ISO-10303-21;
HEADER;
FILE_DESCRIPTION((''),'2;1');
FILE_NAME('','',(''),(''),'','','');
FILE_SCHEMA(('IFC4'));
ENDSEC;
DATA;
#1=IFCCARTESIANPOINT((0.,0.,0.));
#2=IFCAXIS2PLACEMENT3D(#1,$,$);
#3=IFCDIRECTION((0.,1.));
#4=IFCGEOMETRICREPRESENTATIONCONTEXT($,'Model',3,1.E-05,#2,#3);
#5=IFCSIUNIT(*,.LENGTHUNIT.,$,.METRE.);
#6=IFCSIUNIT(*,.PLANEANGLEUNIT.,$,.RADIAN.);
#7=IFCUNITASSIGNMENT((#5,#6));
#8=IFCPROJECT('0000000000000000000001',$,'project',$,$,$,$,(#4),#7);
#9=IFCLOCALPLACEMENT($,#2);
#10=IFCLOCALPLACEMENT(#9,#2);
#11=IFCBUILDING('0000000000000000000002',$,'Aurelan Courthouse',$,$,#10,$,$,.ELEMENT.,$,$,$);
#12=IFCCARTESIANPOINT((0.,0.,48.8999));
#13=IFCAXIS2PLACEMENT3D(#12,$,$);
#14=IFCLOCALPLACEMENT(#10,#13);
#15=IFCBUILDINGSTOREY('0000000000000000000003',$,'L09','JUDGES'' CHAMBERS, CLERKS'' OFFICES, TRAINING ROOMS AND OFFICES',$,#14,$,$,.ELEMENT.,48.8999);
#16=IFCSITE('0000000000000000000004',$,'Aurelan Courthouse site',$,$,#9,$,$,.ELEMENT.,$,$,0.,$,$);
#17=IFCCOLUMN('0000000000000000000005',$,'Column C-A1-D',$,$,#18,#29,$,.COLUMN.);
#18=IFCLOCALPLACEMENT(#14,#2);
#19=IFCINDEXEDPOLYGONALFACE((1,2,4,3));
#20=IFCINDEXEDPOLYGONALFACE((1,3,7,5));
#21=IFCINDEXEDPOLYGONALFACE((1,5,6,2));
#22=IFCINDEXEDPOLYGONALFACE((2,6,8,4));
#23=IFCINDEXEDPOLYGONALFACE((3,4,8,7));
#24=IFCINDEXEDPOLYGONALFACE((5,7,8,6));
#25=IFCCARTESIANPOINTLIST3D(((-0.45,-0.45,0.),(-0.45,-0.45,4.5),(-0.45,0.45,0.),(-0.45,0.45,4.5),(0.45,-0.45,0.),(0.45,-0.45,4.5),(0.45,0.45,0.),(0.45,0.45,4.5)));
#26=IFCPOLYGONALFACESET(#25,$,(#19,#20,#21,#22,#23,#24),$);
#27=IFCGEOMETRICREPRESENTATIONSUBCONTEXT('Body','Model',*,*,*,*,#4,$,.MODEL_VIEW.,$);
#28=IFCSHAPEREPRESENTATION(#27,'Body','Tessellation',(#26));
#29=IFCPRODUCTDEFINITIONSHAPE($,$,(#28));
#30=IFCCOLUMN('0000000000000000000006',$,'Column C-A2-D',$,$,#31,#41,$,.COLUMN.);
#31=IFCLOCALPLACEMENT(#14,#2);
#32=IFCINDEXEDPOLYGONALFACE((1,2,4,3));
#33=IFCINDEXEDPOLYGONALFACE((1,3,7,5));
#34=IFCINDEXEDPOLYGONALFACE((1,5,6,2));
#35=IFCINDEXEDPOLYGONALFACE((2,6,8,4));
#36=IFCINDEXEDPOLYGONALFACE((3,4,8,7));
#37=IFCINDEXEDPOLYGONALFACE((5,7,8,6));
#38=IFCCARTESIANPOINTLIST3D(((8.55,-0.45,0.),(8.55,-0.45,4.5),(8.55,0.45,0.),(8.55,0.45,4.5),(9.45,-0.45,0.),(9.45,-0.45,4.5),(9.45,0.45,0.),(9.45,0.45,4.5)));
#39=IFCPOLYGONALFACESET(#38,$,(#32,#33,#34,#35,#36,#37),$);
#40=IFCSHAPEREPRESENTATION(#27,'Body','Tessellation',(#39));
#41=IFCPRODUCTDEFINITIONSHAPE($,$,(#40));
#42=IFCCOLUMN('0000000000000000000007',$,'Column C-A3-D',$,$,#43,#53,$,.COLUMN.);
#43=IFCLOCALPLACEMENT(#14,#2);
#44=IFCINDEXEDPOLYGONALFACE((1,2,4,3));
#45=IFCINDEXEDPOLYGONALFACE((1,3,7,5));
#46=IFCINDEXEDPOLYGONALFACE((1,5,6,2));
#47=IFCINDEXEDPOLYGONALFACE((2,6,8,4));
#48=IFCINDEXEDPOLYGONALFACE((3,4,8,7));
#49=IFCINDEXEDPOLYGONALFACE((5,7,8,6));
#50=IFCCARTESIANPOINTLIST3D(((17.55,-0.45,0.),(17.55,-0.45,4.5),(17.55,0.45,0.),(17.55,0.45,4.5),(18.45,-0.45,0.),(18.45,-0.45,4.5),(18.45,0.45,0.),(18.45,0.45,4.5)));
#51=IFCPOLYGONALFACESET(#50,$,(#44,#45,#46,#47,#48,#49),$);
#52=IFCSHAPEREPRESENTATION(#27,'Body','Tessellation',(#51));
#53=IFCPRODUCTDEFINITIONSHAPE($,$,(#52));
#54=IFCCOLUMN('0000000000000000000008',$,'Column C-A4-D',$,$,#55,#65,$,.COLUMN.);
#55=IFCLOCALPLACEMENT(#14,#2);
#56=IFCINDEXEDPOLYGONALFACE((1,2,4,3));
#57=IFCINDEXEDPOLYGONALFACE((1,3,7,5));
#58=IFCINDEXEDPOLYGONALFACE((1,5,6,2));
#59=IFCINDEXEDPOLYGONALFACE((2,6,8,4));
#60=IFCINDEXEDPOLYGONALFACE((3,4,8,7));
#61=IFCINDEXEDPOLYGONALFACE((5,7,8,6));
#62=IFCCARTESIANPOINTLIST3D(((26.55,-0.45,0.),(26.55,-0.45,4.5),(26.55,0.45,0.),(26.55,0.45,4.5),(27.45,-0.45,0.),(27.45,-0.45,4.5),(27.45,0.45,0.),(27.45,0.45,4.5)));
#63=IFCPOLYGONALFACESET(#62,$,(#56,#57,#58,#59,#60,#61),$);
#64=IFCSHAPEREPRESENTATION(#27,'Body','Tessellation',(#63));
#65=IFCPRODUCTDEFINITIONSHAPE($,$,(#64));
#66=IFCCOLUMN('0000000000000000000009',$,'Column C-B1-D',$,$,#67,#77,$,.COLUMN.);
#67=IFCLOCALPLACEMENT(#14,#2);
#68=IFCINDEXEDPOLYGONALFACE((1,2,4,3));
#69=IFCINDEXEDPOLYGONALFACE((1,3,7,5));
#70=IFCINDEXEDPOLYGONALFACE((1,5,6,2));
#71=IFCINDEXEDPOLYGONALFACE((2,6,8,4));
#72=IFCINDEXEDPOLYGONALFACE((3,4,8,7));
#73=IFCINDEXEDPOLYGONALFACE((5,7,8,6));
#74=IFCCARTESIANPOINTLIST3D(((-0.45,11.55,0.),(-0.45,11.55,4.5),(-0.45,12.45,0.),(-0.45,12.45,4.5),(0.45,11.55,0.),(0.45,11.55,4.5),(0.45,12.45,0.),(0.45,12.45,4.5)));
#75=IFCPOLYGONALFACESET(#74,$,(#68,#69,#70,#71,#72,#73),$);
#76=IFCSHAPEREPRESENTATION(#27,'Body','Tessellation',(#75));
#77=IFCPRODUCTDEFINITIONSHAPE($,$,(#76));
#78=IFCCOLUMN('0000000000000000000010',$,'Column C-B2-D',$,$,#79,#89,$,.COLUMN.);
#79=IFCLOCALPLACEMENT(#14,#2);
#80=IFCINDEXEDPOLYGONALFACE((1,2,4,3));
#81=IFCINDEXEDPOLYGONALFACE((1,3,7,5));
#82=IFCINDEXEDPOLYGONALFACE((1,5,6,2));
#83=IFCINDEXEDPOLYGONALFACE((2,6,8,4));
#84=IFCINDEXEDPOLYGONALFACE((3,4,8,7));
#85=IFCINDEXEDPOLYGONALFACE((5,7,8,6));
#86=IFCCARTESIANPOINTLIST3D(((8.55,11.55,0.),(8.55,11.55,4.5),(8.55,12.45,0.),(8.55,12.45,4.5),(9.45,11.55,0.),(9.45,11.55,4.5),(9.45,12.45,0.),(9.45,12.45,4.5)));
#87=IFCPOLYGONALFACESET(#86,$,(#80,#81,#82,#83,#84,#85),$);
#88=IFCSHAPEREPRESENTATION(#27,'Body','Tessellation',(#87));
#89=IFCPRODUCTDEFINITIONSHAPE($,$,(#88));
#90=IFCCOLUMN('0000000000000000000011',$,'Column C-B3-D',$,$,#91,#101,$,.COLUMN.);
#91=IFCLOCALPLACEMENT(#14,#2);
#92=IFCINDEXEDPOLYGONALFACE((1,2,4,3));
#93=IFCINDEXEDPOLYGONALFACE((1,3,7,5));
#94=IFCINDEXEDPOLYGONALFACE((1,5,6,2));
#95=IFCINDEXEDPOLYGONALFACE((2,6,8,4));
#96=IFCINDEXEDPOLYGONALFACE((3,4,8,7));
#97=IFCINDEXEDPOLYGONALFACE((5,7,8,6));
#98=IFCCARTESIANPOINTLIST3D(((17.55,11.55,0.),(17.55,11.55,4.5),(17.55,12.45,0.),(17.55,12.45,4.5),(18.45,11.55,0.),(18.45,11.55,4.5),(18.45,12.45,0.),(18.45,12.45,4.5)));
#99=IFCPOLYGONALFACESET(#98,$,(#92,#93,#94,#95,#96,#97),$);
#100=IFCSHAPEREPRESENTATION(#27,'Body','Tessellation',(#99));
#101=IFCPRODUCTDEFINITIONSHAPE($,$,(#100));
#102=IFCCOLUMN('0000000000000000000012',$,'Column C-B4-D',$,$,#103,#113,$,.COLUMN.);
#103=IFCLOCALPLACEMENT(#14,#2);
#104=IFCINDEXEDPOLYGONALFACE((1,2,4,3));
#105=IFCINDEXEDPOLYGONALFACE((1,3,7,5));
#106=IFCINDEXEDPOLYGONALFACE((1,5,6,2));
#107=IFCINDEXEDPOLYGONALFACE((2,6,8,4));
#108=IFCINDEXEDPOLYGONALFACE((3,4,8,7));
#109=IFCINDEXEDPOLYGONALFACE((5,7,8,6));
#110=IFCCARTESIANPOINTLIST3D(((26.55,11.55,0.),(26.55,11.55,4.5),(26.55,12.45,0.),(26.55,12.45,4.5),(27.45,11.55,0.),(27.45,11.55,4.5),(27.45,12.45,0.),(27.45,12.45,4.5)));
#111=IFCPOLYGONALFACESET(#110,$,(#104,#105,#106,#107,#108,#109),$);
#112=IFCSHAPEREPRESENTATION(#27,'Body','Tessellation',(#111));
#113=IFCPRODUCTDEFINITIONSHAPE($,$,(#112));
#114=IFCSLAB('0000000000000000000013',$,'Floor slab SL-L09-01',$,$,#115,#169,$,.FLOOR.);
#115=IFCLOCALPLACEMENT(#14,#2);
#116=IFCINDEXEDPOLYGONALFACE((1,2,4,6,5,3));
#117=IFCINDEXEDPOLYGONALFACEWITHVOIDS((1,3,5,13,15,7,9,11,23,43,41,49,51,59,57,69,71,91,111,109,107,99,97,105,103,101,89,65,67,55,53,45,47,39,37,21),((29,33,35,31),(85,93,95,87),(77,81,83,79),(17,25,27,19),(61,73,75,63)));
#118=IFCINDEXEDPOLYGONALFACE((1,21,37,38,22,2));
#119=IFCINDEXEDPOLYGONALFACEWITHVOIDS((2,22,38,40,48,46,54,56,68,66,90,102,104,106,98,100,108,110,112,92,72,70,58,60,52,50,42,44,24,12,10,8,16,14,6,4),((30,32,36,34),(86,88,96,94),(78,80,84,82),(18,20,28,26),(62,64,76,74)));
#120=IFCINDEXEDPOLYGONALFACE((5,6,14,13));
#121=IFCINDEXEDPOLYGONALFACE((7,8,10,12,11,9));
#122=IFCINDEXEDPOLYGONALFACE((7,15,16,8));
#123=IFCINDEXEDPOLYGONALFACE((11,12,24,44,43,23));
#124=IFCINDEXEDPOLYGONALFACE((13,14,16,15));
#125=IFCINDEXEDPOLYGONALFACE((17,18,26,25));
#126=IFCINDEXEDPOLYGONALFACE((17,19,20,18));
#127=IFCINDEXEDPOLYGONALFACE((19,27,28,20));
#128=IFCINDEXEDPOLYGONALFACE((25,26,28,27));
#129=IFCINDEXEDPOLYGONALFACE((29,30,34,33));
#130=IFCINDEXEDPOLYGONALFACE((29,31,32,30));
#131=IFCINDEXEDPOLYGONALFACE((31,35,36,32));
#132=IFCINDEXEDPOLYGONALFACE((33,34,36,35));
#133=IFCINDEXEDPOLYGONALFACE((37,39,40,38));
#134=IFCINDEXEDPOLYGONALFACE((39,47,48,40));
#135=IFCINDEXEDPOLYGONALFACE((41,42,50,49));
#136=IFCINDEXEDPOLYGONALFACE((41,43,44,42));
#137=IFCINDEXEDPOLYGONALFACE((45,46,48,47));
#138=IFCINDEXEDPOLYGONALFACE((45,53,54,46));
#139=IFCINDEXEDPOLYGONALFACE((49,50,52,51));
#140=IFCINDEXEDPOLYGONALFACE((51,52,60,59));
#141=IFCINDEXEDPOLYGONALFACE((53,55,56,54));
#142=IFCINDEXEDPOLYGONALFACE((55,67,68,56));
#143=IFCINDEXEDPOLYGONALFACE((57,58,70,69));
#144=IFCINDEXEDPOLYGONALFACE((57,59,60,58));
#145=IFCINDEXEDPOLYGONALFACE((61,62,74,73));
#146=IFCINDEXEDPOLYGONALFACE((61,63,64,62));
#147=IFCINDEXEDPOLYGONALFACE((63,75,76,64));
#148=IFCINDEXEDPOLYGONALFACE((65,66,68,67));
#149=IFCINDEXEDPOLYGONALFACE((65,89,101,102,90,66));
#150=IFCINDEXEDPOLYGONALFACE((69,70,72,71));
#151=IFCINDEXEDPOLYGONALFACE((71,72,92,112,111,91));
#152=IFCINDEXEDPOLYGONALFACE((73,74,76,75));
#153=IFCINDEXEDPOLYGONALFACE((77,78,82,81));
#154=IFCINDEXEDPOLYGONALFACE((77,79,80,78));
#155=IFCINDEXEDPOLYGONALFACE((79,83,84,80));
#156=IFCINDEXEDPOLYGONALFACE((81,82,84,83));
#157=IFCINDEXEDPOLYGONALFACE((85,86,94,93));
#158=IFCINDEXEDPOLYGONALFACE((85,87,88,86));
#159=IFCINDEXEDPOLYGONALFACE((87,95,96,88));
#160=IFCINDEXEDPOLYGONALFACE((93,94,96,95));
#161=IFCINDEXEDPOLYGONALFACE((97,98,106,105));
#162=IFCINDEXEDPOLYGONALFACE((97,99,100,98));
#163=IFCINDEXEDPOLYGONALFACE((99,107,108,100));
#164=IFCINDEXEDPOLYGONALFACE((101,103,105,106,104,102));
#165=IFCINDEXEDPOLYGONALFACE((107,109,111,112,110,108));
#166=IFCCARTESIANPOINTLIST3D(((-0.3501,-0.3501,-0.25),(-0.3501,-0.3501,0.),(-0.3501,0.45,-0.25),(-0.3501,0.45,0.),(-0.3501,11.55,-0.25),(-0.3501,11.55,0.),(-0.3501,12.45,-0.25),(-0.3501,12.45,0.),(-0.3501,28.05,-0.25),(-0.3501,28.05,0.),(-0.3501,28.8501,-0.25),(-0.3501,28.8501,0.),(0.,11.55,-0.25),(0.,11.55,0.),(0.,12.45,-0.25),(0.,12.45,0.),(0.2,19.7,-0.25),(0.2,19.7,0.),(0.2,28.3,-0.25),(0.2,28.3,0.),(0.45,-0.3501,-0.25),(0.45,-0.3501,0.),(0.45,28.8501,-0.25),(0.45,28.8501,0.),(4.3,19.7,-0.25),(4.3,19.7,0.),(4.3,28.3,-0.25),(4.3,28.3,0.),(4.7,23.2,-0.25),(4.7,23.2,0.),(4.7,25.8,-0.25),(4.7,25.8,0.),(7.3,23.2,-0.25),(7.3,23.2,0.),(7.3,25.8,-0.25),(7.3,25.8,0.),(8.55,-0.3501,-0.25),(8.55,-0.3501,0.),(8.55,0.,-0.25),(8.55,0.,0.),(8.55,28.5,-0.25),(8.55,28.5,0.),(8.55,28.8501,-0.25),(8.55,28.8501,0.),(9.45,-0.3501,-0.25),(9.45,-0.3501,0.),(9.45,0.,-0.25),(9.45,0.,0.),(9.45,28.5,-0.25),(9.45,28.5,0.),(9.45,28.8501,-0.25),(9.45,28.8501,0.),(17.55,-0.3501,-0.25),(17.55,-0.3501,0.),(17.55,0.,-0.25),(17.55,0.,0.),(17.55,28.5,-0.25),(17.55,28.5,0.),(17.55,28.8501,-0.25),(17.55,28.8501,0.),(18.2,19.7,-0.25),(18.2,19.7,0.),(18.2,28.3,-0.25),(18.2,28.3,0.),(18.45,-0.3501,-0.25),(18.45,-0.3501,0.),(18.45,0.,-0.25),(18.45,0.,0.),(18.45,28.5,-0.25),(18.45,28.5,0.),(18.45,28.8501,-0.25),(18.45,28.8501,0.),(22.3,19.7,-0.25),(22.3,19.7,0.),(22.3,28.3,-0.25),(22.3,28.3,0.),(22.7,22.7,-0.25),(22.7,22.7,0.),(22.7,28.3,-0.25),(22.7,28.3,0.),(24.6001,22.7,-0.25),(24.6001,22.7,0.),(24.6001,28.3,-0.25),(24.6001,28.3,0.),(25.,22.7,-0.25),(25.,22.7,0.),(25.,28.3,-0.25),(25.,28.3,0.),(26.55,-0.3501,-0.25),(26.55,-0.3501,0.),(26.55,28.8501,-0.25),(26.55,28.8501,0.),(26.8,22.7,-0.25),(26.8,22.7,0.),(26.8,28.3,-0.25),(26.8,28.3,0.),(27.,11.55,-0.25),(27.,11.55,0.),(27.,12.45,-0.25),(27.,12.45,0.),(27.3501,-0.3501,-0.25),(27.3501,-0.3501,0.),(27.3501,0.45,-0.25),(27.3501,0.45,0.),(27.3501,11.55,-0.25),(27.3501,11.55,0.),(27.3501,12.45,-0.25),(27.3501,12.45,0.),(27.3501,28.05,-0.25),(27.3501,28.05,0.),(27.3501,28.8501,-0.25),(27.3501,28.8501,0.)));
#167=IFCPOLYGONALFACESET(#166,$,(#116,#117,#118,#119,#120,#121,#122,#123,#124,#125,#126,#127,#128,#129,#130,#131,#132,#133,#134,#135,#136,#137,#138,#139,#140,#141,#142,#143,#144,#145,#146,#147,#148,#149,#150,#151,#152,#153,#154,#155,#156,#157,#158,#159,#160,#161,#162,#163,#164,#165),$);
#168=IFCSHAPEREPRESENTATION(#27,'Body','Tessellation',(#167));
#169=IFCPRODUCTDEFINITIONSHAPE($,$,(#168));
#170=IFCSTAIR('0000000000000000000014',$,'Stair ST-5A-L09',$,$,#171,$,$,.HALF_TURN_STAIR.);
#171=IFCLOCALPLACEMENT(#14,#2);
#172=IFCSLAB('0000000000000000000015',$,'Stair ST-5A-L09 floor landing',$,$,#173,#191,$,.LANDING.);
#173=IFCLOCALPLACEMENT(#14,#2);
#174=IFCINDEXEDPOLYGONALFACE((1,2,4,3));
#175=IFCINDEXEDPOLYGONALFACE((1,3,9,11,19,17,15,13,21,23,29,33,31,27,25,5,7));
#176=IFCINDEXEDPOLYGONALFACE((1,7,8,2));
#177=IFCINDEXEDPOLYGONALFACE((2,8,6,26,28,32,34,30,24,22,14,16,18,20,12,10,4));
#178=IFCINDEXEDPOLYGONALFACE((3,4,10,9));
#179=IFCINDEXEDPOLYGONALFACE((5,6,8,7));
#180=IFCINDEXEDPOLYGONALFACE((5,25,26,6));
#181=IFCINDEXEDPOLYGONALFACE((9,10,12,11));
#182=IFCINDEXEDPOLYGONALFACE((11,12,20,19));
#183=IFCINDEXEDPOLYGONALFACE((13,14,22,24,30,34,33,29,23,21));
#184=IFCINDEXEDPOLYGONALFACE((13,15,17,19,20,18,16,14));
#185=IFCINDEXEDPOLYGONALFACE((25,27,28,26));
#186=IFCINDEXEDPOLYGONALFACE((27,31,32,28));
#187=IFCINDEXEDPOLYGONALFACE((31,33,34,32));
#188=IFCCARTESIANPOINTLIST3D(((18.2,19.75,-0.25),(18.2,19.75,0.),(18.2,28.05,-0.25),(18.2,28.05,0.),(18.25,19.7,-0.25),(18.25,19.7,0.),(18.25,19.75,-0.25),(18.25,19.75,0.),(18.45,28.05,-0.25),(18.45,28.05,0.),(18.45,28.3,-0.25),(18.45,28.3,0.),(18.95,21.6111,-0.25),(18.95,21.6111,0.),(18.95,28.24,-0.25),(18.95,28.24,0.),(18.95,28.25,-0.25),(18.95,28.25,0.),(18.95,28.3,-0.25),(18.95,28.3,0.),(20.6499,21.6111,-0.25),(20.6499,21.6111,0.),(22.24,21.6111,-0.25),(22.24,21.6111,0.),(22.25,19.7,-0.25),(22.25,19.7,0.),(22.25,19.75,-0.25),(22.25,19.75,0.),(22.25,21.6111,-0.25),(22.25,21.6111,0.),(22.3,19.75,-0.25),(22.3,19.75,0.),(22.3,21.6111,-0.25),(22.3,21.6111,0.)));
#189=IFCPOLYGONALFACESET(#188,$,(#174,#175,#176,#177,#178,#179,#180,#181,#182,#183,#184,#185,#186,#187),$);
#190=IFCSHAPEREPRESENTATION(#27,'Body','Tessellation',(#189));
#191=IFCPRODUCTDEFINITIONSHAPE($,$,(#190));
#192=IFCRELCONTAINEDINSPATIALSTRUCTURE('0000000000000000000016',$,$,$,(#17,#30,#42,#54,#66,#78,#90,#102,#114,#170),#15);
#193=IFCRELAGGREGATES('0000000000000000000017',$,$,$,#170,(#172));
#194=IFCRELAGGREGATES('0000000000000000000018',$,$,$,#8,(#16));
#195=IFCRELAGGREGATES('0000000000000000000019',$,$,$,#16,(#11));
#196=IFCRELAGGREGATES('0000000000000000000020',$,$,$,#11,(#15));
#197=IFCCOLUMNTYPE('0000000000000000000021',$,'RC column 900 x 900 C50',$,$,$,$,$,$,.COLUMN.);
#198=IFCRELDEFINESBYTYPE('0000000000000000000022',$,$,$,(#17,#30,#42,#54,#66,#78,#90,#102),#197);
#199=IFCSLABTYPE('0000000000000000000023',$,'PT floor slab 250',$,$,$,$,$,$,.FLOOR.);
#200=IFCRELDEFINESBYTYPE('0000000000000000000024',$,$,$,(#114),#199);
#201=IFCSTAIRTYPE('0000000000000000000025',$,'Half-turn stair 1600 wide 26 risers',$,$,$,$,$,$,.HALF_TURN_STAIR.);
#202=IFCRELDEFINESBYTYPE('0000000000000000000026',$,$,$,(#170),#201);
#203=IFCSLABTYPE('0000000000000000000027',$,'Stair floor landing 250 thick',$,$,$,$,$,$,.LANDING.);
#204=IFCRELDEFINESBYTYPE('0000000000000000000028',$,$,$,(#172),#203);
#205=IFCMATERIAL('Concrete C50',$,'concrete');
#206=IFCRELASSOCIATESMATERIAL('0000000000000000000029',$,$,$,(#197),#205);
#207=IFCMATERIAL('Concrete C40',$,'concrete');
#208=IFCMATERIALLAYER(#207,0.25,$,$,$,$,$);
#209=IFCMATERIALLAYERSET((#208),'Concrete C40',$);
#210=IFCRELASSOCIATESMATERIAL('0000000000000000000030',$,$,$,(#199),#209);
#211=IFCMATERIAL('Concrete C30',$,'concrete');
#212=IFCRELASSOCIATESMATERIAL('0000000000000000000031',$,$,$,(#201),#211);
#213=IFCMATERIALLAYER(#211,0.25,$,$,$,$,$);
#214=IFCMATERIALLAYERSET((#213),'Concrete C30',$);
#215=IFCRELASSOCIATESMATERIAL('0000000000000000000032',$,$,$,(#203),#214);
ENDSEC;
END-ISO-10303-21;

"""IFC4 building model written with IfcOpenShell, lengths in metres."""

from ifc_helpers import new_model, si_unit, direction, frame, origin, origin_2d, place, context, subcontext, project, spatial, polyline, rectangle, outline, extrude, material, layer, layer_set, material_profile, profile_set, type_object, element, aggregate, save


model = new_model("IFC4")

# Units and contexts
model_context = context("Model", 3, precision=1e-05, world=origin(), true_north=direction((0.0, 1.0)))
body_context = subcontext(model_context, "Body", "Model", "MODEL_VIEW")
ifc_project = project(units=[si_unit("LENGTHUNIT", "METRE"), si_unit("PLANEANGLEUNIT", "RADIAN")], contexts=[model_context])

# Site, building, storey
site_placement = place(None, origin())
site = spatial("IfcSite", under=ifc_project, at=site_placement, Name="Aurelan Courthouse site", CompositionType="ELEMENT", RefElevation=0.0)
building_placement = place(site_placement, origin())
building = spatial("IfcBuilding", under=site, at=building_placement, Name="Aurelan Courthouse", CompositionType="ELEMENT")
storey_placement = place(building_placement, frame((0.0, 0.0, 48.8999)))
storey = spatial("IfcBuildingStorey", under=building, at=storey_placement, Name="L09", Description="JUDGES' CHAMBERS, CLERKS' OFFICES, TRAINING ROOMS AND OFFICES", CompositionType="ELEMENT", Elevation=48.8999)

# Columns
ifc_material_1 = material(Name="Concrete C50", Category="concrete")
ifc_material_profile = material_profile(ifc_material_1, rectangle(XDim=0.8999, YDim=0.8999, at=origin_2d()), Name="RC 900 x 900")
ifc_profile_set = profile_set([ifc_material_profile], Name="Concrete C50")
column_type = type_object("IfcColumnType", Name="RC column 900 x 900 C50", PredefinedType="COLUMN", material=ifc_profile_set)
for number, where, z_axis, x_axis, name in (
    (1, (0.0, 0.0, 0.0), (0.0, 0.0, 1.0), (1.0, 0.0, 0.0), "Column C-A1-D"),
    (2, (9.0, 0.0, 0.0), (0.0, 0.0, 1.0), (1.0, 0.0, 0.0), "Column C-A2-D"),
    (3, (18.0, 0.0, 0.0), (0.0, 0.0, 1.0), (1.0, 0.0, 0.0), "Column C-A3-D"),
    (4, (27.0, 0.0, 0.0), (0.0, 0.0, 1.0), (1.0, 0.0, 0.0), "Column C-A4-D"),
    (5, (0.0, 12.0, 0.0), (0.0, 0.0, 1.0), (1.0, 0.0, 0.0), "Column C-B1-D"),
    (6, (9.0, 12.0, 0.0), (0.0, 0.0, 1.0), (1.0, 0.0, 0.0), "Column C-B2-D"),
    (7, (18.0, 12.0, 0.0), (0.0, 0.0, 1.0), (1.0, 0.0, 0.0), "Column C-B3-D"),
    (8, (27.0, 12.0, 0.0), (0.0, 0.0, 1.0), (1.0, 0.0, 0.0), "Column C-B4-D"),
):
    element("IfcColumn", number, at=place(storey_placement, frame(where, z_axis=z_axis, x_axis=x_axis)), inside=storey, type_object=column_type, Name=name, PredefinedType="COLUMN", context=body_context, shape_type="SweptSolid", body=[
        extrude(rectangle(XDim=0.8999, YDim=0.8999, at=origin_2d()), origin(), (0.0, 0.0, 1.0), 4.5),
    ])

# Slab
ifc_material_2 = material(Name="Concrete C40", Category="concrete")
ifc_layer_1 = layer(ifc_material_2, 0.25)
ifc_layer_set_1 = layer_set([ifc_layer_1], Name="Concrete C40")
slab_type_1 = type_object("IfcSlabType", Name="PT floor slab 250", PredefinedType="FLOOR", material=ifc_layer_set_1)
slab_1_placement = place(storey_placement, frame((0.0, 0.0, -0.25)))
element("IfcSlab", 9, at=slab_1_placement, inside=storey, type_object=slab_type_1, Name="Floor slab SL-L09-01", PredefinedType="FLOOR", context=body_context, shape_type="SweptSolid", body=[
    extrude(outline(polyline([(0.0, 12.45), (0.0, 11.55), (-0.3501, 11.55), (-0.3501, 0.45), (-0.3501, -0.3501), (0.45, -0.3501), (8.55, -0.3501), (8.55, 0.0), (9.45, 0.0), (9.45, -0.3501), (17.55, -0.3501), (17.55, 0.0), (18.45, 0.0), (18.45, -0.3501), (26.55, -0.3501), (27.3501, -0.3501), (27.3501, 0.45), (27.3501, 11.55), (27.0, 11.55), (27.0, 12.45), (27.3501, 12.45), (27.3501, 28.05), (27.3501, 28.8501), (26.55, 28.8501), (18.45, 28.8501), (18.45, 28.5), (17.55, 28.5), (17.55, 28.8501), (9.45, 28.8501), (9.45, 28.5), (8.55, 28.5), (8.55, 28.8501), (0.45, 28.8501), (-0.3501, 28.8501), (-0.3501, 28.05), (-0.3501, 12.45), (0.0, 12.45)]), holes=[polyline([(26.8, 28.3), (26.8, 22.7), (25.0, 22.7), (25.0, 28.3), (26.8, 28.3)]), polyline([(22.7, 28.3), (24.6001, 28.3), (24.6001, 22.7), (22.7, 22.7), (22.7, 28.3)]), polyline([(22.3, 28.3), (22.3, 19.7), (18.2, 19.7), (18.2, 28.3), (22.3, 28.3)]), polyline([(4.7, 23.2), (4.7, 25.8), (7.3, 25.8), (7.3, 23.2), (4.7, 23.2)]), polyline([(4.3, 19.7), (0.2, 19.7), (0.2, 28.3), (4.3, 28.3), (4.3, 19.7)])]), origin(), (0.0, 0.0, 1.0), 0.25),
])

# Stair, slab
ifc_material_3 = material(Name="Concrete C30", Category="concrete")
stair_type_1 = type_object("IfcStairType", Name="Half-turn stair 1600 wide 26 risers", PredefinedType="HALF_TURN_STAIR", material=ifc_material_3)
stair_1_placement = place(storey_placement, origin())
stair_1 = element("IfcStair", 10, at=stair_1_placement, inside=storey, type_object=stair_type_1, Name="Stair ST-5A-L09", PredefinedType="HALF_TURN_STAIR")
ifc_layer_2 = layer(ifc_material_3, 0.25)
ifc_layer_set_2 = layer_set([ifc_layer_2], Name="Concrete C30")
slab_type_2 = type_object("IfcSlabType", Name="Stair floor landing 250 thick", PredefinedType="LANDING", material=ifc_layer_set_2)
slab_2_placement = place(storey_placement, frame((0.0, 0.0, -0.25)))
slab_2 = element("IfcSlab", 11, at=slab_2_placement, type_object=slab_type_2, Name="Stair ST-5A-L09 floor landing", PredefinedType="LANDING", context=body_context, shape_type="SweptSolid", body=[
    extrude(outline(polyline([(22.3, 21.6111), (22.3, 19.75), (22.25, 19.75), (22.25, 19.7), (18.25, 19.7), (18.25, 19.75), (18.2, 19.75), (18.2, 28.05), (18.45, 28.05), (18.45, 28.3), (18.95, 28.3), (18.95, 28.25), (18.95, 28.24), (18.95, 21.6111), (20.6499, 21.6111), (22.24, 21.6111), (22.25, 21.6111), (22.3, 21.6111)])), origin(), (0.0, 0.0, 1.0), 0.25),
])
aggregate(stair_1, [slab_2])

save(model, "model.ifc")
